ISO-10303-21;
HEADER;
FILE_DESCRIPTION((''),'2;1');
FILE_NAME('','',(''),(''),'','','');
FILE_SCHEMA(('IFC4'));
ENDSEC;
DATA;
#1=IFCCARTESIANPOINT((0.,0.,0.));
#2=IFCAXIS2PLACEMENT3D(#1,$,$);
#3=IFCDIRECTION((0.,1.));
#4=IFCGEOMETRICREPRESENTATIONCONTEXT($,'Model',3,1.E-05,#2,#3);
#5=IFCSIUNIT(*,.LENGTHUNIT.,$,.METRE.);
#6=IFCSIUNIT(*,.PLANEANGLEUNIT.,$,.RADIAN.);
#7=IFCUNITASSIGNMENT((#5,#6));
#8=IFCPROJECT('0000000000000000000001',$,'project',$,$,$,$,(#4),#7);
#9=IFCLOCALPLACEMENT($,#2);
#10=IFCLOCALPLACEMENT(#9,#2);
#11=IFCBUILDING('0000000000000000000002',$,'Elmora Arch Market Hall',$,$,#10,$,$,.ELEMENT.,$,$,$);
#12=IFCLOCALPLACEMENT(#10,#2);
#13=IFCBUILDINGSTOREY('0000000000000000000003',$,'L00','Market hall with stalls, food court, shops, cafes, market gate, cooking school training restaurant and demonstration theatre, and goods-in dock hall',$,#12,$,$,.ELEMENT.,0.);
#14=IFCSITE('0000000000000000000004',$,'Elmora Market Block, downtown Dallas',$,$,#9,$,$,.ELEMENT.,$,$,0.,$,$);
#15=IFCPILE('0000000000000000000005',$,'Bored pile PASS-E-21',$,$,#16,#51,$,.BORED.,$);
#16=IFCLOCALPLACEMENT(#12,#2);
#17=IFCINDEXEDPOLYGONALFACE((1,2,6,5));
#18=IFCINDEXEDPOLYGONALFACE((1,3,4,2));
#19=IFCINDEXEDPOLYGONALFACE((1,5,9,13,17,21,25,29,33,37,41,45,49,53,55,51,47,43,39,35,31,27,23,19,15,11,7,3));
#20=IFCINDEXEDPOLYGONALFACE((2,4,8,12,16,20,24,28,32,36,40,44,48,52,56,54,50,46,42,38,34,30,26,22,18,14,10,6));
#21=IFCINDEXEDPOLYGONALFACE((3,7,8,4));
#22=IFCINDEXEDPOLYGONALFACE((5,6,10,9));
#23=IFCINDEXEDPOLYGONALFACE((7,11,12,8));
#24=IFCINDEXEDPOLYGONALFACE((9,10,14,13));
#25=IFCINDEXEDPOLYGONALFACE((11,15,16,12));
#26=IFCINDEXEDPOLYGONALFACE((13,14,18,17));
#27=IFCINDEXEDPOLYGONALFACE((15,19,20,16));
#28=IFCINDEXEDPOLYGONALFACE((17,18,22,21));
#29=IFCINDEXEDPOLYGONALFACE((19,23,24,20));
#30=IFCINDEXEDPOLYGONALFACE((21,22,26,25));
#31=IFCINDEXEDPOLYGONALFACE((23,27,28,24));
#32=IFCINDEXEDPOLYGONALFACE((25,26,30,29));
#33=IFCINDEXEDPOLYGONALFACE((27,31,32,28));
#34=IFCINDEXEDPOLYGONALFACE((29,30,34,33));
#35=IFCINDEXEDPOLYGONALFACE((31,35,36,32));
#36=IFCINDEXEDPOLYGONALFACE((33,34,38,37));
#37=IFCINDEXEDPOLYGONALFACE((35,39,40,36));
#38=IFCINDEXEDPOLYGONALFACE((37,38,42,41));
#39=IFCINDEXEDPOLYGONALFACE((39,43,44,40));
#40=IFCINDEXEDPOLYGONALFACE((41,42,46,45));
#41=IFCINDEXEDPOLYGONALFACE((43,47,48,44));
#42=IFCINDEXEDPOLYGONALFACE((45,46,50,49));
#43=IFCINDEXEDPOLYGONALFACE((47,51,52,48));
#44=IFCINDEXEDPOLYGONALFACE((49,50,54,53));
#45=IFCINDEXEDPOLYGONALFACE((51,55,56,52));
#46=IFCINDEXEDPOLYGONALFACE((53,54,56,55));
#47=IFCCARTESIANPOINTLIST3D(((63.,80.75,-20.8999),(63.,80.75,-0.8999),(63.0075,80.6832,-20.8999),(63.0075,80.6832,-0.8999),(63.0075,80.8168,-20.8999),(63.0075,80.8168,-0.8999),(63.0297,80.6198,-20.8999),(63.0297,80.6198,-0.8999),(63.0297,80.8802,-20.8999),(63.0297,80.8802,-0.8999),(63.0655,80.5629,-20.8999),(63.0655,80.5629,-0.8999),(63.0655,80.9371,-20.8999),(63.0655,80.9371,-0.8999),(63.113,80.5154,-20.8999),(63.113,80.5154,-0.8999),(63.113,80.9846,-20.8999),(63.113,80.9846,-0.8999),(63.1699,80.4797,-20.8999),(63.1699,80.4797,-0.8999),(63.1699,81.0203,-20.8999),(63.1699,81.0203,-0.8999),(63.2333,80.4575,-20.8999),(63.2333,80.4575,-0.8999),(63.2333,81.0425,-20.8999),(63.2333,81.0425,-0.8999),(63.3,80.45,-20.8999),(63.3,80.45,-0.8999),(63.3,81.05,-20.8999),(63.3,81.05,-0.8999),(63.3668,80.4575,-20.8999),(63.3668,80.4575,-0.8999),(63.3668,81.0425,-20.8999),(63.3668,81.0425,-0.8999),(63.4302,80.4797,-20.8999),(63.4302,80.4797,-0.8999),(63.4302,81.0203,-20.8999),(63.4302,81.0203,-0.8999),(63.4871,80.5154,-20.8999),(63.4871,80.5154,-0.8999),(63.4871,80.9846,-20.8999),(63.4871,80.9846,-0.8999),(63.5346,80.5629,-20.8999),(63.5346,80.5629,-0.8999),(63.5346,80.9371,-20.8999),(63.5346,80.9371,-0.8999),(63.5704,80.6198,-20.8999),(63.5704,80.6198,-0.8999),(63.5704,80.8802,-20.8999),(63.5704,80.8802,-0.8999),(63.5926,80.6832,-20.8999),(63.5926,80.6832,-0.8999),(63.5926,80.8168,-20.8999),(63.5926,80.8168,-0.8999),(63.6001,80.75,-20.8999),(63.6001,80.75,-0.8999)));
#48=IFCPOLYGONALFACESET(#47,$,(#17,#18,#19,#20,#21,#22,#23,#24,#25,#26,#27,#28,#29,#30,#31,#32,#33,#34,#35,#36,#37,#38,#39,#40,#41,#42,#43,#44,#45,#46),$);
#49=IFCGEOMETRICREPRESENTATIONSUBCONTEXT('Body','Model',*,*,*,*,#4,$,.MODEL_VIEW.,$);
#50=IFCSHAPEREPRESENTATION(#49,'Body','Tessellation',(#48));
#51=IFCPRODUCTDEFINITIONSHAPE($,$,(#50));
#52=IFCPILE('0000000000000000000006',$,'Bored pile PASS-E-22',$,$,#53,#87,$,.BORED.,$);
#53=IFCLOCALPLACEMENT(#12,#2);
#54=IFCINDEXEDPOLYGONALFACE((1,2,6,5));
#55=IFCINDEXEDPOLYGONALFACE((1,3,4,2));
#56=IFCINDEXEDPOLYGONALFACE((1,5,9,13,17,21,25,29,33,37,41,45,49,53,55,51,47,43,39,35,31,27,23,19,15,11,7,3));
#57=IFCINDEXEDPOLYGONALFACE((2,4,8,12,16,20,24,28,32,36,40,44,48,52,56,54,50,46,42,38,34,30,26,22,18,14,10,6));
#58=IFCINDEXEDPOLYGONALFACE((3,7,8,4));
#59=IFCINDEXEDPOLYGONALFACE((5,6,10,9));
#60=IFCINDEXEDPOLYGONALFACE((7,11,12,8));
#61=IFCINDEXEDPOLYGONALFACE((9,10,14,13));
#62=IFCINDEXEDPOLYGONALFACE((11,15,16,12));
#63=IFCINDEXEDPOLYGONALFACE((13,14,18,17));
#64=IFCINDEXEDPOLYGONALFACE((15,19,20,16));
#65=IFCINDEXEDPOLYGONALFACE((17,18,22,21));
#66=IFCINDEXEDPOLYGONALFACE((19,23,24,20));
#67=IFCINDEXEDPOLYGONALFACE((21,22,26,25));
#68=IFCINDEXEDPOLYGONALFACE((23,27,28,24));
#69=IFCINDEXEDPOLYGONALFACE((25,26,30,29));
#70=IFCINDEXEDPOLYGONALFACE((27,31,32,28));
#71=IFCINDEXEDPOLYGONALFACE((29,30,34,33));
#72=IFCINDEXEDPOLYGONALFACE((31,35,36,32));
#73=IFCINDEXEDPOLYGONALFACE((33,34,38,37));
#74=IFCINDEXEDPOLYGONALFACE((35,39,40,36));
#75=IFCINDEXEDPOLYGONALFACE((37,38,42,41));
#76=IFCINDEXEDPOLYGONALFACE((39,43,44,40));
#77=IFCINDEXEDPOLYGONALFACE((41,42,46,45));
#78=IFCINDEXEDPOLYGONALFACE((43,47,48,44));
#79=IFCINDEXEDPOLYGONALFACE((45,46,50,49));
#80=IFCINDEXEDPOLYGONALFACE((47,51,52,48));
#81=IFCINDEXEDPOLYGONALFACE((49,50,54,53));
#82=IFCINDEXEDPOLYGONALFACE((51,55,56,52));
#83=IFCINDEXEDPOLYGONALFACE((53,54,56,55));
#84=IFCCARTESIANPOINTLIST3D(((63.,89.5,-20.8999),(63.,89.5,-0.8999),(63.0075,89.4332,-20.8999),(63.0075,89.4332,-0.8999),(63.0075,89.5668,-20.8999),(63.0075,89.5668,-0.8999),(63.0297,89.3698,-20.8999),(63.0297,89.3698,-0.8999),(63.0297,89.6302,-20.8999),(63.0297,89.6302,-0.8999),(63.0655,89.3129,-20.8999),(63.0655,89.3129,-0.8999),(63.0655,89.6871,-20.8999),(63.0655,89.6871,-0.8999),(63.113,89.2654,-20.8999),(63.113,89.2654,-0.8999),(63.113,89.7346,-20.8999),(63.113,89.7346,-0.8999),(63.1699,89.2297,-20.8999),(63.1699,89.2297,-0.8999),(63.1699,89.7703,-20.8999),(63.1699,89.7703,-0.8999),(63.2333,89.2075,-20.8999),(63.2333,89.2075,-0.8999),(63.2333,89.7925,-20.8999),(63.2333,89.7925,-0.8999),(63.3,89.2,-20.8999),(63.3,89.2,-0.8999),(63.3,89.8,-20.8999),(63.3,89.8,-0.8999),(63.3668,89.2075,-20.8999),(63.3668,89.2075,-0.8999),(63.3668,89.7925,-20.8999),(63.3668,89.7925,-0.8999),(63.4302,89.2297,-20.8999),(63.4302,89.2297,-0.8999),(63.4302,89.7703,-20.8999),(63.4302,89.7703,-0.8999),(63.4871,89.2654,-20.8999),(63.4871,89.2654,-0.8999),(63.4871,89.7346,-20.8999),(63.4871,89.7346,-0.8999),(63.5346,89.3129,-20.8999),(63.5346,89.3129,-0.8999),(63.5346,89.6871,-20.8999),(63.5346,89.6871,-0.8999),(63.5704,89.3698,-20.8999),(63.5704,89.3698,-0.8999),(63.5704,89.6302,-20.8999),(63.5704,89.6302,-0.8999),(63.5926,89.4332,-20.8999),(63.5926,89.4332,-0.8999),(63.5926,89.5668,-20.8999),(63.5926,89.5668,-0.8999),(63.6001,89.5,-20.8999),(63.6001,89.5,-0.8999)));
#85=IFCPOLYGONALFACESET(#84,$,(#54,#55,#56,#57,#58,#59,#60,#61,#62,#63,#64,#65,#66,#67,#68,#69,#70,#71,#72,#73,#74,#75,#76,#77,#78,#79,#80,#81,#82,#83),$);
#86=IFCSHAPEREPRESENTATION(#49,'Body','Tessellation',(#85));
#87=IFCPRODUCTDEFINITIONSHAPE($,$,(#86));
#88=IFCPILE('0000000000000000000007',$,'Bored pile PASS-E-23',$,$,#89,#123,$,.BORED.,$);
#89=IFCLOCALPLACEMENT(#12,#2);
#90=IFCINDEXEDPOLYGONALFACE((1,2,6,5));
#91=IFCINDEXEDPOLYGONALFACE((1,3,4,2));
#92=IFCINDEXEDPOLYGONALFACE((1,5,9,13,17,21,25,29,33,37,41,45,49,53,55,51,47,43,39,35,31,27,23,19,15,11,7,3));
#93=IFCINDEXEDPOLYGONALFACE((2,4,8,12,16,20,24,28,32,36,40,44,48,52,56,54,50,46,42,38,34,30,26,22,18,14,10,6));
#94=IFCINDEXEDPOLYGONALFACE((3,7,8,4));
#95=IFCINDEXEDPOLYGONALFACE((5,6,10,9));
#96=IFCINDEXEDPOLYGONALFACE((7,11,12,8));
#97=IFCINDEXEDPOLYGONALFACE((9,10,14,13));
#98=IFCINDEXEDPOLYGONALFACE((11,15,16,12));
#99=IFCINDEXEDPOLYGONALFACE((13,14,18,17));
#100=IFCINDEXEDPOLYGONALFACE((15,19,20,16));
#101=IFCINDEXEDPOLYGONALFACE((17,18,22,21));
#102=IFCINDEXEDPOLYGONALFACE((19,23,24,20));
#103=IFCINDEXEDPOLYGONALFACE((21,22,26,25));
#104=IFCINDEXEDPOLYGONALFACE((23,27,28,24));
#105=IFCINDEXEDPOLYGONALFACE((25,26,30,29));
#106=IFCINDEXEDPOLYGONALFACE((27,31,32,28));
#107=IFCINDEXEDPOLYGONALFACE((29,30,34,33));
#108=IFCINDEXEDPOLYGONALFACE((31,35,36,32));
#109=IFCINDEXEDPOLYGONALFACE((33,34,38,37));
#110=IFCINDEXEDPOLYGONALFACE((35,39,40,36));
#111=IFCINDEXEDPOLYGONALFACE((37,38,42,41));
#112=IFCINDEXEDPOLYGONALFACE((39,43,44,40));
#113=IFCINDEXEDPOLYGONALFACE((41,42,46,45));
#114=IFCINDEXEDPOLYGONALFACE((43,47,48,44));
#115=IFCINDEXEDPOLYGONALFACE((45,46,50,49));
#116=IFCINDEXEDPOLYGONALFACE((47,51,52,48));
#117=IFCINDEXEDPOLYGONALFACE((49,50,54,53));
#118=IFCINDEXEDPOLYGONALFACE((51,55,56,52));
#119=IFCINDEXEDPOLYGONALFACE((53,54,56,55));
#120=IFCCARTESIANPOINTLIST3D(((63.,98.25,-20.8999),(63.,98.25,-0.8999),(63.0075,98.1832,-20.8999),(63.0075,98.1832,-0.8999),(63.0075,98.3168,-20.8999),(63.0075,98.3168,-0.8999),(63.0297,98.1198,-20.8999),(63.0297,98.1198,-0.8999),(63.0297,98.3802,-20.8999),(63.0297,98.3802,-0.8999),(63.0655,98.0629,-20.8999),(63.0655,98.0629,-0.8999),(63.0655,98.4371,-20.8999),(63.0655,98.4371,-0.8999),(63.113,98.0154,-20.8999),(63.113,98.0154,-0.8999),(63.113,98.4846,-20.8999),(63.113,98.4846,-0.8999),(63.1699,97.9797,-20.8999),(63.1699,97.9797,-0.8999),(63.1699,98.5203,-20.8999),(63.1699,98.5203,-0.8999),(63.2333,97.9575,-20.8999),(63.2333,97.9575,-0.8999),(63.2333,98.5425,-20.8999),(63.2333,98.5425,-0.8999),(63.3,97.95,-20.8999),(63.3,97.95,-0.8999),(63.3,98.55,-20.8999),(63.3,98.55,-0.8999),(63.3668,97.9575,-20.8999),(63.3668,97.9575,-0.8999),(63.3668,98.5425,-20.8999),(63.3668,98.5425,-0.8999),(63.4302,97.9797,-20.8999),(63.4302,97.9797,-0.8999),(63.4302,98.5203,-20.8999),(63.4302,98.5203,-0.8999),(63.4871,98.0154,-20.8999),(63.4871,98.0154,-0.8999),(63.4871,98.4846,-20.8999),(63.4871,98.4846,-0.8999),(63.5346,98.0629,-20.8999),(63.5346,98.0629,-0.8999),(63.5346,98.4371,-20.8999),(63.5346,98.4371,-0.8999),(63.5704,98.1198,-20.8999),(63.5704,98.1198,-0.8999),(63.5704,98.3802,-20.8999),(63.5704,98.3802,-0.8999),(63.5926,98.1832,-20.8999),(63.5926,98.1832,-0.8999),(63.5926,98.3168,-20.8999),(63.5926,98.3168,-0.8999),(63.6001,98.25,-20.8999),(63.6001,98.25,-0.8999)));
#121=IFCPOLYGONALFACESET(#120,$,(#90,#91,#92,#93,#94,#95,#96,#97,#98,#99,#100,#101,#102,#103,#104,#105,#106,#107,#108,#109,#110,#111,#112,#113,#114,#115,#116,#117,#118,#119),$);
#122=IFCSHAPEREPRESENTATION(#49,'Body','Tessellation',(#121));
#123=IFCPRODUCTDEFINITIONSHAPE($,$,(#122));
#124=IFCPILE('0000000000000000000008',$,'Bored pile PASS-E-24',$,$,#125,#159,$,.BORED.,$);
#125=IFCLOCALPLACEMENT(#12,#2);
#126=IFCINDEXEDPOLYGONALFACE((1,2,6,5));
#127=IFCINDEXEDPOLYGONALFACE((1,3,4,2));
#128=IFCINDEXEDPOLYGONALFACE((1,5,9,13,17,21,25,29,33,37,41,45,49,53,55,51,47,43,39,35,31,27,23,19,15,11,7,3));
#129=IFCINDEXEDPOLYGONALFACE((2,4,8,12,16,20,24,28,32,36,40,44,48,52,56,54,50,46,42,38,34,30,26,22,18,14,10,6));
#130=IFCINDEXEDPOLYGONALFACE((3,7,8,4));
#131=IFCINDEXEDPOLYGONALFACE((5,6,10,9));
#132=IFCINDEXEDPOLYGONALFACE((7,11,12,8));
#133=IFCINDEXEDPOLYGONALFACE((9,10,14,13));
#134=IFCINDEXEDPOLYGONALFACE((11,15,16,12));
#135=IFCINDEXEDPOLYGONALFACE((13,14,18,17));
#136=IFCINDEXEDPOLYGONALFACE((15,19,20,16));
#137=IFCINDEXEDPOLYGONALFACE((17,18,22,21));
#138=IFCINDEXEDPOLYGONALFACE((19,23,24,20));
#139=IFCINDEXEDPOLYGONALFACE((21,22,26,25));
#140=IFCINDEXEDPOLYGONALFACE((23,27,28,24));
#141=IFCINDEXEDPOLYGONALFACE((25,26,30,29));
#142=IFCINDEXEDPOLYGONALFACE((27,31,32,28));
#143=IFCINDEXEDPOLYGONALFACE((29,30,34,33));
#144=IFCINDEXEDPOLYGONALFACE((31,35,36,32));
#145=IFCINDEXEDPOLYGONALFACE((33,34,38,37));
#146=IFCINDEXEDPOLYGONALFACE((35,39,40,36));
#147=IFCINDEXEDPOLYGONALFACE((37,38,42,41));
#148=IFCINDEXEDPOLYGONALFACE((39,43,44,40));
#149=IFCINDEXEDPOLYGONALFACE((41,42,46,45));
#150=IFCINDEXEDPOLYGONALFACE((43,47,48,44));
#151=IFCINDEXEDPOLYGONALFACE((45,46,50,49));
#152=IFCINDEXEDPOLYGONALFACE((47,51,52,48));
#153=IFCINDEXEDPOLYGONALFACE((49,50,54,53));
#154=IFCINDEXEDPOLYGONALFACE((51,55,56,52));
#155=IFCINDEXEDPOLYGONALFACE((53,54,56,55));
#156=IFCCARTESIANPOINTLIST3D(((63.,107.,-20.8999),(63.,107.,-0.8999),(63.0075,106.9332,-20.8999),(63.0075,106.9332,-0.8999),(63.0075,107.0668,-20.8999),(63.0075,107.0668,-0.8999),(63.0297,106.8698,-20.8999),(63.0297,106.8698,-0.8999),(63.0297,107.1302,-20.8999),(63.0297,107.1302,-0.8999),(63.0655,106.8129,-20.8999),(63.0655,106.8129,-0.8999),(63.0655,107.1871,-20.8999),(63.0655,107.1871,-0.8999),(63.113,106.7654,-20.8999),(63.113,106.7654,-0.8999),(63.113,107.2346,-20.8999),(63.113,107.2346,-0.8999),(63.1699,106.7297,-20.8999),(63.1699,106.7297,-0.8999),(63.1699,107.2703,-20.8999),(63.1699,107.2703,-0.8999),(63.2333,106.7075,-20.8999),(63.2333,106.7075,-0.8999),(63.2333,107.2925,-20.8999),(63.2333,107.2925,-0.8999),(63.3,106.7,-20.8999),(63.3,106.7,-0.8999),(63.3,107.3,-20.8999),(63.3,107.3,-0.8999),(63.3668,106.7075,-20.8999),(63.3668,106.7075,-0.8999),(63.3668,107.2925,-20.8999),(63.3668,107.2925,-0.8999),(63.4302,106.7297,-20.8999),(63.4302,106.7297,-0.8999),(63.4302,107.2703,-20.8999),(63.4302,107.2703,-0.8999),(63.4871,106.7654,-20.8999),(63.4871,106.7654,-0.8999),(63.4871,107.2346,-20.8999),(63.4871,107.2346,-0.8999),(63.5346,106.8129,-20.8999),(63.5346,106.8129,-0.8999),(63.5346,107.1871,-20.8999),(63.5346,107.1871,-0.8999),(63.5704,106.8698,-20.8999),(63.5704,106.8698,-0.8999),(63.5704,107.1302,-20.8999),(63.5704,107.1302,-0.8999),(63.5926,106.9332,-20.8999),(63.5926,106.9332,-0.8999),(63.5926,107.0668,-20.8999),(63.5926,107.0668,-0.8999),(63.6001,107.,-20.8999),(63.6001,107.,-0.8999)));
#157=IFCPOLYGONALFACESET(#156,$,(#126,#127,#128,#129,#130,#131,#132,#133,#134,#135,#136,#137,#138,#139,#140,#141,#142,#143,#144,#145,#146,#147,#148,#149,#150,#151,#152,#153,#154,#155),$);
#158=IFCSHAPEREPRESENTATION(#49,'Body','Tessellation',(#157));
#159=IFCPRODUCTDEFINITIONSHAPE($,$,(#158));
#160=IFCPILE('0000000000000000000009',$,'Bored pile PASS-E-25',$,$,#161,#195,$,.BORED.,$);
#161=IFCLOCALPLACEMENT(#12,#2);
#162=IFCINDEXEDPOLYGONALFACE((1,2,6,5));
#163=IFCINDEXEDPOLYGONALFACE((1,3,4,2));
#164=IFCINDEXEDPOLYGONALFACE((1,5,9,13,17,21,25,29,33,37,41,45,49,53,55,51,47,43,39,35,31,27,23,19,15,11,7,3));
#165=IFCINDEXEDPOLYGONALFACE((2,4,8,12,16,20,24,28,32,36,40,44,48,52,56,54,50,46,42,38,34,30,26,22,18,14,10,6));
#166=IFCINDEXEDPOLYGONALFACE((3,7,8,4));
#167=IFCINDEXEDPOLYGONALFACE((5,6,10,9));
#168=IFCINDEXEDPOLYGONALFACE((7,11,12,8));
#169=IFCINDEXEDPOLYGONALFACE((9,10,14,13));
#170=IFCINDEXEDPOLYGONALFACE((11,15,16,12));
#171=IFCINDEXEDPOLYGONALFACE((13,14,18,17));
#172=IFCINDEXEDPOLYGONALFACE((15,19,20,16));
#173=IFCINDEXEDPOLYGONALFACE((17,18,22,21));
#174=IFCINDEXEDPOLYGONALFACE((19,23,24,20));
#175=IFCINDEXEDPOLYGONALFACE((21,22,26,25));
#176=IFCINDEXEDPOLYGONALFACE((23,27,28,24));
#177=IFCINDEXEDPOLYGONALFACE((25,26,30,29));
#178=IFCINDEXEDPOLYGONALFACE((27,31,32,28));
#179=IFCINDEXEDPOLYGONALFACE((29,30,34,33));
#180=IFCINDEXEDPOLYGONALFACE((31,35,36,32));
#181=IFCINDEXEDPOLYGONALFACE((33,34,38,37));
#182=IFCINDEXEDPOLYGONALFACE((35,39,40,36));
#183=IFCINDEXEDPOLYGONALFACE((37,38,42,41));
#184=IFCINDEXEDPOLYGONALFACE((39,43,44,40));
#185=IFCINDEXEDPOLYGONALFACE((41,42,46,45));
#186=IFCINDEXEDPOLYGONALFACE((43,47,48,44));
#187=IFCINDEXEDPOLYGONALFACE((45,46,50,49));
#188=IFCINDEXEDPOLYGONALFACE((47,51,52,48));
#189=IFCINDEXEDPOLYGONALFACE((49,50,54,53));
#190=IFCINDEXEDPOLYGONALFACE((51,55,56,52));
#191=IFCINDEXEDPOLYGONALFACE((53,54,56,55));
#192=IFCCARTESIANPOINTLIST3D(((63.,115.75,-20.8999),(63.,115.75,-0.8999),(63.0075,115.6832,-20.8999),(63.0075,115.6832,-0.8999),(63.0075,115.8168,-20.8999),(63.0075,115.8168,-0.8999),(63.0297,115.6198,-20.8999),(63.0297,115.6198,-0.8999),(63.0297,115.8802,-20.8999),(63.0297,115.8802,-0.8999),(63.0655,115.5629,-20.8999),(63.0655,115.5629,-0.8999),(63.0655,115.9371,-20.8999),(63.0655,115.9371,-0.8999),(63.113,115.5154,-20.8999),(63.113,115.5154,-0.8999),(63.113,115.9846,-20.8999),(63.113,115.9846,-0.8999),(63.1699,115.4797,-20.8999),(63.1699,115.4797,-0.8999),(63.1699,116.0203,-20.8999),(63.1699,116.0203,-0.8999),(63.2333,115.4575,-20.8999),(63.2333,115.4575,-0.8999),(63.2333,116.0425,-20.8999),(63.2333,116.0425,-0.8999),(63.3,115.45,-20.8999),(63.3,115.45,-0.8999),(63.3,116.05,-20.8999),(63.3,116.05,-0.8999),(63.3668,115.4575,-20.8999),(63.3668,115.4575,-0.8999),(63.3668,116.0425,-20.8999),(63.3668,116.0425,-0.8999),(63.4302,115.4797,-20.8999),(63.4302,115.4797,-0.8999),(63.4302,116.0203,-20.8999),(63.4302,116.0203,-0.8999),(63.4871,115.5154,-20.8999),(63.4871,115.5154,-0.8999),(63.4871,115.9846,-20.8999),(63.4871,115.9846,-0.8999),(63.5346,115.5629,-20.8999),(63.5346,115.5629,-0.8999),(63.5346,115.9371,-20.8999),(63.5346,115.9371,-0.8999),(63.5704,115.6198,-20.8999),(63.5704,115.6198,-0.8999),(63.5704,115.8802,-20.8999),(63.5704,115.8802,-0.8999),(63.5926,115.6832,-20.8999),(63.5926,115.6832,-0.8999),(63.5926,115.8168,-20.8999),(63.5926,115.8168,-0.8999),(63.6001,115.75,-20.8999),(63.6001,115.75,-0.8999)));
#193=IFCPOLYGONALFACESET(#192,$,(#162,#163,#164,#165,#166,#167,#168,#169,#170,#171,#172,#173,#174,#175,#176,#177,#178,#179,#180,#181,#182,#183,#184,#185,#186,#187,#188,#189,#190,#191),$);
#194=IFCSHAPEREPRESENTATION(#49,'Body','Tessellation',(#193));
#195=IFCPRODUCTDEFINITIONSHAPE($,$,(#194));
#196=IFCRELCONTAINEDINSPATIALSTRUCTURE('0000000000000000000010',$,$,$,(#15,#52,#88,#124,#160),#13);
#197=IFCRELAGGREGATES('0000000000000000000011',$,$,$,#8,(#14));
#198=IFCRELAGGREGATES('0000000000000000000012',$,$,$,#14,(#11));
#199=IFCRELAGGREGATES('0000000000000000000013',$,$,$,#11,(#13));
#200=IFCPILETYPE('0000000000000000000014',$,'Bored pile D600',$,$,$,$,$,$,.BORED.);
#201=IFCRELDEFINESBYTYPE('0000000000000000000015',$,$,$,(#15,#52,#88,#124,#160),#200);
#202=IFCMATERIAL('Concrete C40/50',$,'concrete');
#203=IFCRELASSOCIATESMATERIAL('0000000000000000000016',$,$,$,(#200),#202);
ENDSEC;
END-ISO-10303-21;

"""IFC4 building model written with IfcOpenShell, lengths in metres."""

from ifc_helpers import new_model, si_unit, direction, frame, origin, origin_2d, place, context, subcontext, project, spatial, circle, extrude, material, material_profile, profile_set, type_object, element, save


model = new_model("IFC4")

# Units and contexts
model_context = context("Model", 3, precision=1e-05, world=origin(), true_north=direction((0.0, 1.0)))
body_context = subcontext(model_context, "Body", "Model", "MODEL_VIEW")
ifc_project = project(units=[si_unit("LENGTHUNIT", "METRE"), si_unit("PLANEANGLEUNIT", "RADIAN")], contexts=[model_context])

# Site, building, storey
site_placement = place(None, origin())
site = spatial("IfcSite", under=ifc_project, at=site_placement, Name="Elmora Market Block, downtown Dallas", CompositionType="ELEMENT", RefElevation=0.0)
building_placement = place(site_placement, origin())
building = spatial("IfcBuilding", under=site, at=building_placement, Name="Elmora Arch Market Hall", CompositionType="ELEMENT")
storey_placement = place(building_placement, origin())
storey = spatial("IfcBuildingStorey", under=building, at=storey_placement, Name="L00", Description="Market hall with stalls, food court, shops, cafes, market gate, cooking school training restaurant and demonstration theatre, and goods-in dock hall", CompositionType="ELEMENT", Elevation=0.0)

# Piles
ifc_material_1 = material(Name="Concrete C40/50", Category="concrete")
ifc_material_profile_1 = material_profile(ifc_material_1, circle(Radius=0.3, at=origin_2d()), Name="Bored pile D600")
ifc_profile_set_1 = profile_set([ifc_material_profile_1], Name="Concrete C40/50")
pile_type = type_object("IfcPileType", Name="Bored pile D600", PredefinedType="BORED", material=ifc_profile_set_1)
for number, where, z_axis, x_axis, name in (
    (1, (63.3, 80.75, -0.8999), (0.0, 0.0, -1.0), (1.0, 0.0, 0.0), "Bored pile PASS-E-21"),
    (2, (63.3, 89.5, -0.8999), (0.0, 0.0, -1.0), (1.0, 0.0, 0.0), "Bored pile PASS-E-22"),
    (3, (63.3, 98.25, -0.8999), (0.0, 0.0, -1.0), (1.0, 0.0, 0.0), "Bored pile PASS-E-23"),
    (4, (63.3, 107.0, -0.8999), (0.0, 0.0, -1.0), (1.0, 0.0, 0.0), "Bored pile PASS-E-24"),
    (5, (63.3, 115.75, -0.8999), (0.0, 0.0, -1.0), (1.0, 0.0, 0.0), "Bored pile PASS-E-25"),
):
    element("IfcPile", number, at=place(storey_placement, frame(where, z_axis=z_axis, x_axis=x_axis)), inside=storey, type_object=pile_type, Name=name, PredefinedType="BORED", context=body_context, shape_type="SweptSolid", body=[
        extrude(circle(Radius=0.3, at=origin_2d()), origin(), (0.0, 0.0, 1.0), 20.0),
    ])

save(model, "model.ifc")
